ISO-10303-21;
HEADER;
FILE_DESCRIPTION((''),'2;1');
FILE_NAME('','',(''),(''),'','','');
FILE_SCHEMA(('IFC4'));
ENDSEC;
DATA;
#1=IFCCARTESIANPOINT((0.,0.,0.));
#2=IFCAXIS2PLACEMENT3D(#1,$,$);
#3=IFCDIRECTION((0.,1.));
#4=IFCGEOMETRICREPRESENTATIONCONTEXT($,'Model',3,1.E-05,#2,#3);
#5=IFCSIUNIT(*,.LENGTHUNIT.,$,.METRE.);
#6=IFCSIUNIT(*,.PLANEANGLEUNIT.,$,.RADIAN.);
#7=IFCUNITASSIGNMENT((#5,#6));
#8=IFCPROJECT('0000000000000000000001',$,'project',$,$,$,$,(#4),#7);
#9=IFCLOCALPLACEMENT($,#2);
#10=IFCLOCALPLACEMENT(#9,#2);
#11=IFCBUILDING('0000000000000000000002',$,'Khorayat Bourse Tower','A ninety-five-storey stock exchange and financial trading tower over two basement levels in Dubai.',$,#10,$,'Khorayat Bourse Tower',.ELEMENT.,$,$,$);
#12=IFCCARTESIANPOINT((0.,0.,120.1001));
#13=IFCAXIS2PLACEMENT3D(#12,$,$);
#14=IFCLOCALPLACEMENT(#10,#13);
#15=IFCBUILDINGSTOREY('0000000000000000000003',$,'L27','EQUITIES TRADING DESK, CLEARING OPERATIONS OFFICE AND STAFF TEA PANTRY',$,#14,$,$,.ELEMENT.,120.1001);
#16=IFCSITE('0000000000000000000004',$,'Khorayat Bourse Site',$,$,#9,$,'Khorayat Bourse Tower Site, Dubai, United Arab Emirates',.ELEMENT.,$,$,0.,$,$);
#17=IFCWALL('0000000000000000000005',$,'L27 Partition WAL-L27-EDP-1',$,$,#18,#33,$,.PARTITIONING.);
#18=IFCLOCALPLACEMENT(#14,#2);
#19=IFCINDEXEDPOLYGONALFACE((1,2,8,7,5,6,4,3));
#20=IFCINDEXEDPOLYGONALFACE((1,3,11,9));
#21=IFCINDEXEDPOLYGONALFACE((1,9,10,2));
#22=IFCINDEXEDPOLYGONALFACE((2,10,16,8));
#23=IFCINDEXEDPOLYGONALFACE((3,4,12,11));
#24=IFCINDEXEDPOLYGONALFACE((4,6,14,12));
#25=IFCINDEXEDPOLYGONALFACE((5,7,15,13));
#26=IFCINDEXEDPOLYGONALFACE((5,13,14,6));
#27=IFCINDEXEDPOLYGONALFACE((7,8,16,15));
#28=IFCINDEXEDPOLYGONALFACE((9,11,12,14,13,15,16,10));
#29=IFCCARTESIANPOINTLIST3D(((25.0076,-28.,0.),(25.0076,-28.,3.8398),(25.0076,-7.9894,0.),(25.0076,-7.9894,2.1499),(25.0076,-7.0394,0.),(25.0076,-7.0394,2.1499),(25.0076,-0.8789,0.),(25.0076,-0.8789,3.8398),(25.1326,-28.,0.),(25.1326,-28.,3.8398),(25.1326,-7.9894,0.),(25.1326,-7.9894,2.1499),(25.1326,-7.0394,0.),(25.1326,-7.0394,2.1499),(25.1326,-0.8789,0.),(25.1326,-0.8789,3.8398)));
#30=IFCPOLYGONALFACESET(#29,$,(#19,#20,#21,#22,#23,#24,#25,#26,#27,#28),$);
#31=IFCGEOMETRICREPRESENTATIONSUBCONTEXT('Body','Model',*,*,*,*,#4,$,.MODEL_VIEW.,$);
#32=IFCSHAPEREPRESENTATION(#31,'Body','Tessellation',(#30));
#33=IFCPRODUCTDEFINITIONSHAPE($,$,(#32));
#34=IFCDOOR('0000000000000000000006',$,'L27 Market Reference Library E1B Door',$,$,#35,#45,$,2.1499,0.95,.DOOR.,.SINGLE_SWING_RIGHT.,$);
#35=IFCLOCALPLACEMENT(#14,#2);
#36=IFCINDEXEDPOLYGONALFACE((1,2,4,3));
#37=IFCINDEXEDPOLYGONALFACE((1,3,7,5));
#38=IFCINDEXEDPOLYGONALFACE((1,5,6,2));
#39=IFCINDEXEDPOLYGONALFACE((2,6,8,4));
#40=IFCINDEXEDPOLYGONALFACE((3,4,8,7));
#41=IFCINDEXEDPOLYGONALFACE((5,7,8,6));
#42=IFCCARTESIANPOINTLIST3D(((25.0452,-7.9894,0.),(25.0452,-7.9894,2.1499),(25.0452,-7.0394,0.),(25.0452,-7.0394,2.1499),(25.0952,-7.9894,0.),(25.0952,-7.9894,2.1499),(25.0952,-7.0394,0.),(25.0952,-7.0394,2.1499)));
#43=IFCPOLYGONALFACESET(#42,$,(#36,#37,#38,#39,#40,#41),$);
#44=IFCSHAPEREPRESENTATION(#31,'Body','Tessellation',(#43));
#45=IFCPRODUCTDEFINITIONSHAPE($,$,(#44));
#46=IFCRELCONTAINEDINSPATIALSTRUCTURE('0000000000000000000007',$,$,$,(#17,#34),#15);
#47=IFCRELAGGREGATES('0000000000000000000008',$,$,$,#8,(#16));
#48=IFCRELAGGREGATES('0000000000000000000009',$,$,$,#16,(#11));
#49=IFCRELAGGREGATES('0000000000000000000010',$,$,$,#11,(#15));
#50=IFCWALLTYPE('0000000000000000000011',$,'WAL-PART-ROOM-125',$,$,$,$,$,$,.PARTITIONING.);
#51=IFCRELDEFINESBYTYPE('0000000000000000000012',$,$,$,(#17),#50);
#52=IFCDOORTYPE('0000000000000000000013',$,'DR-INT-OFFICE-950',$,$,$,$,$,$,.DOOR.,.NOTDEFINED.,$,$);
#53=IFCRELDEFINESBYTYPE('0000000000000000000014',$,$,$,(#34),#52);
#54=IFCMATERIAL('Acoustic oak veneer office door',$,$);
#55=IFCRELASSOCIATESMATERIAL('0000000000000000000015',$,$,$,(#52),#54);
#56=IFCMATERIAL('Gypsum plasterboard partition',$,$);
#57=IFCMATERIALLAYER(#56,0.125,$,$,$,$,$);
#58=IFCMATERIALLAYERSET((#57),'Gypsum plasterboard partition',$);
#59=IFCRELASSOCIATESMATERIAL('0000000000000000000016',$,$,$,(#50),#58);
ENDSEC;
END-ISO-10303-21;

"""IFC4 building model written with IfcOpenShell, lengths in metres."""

from ifc_helpers import new_model, si_unit, direction, frame, frame_2d, origin, place, context, subcontext, project, spatial, rectangle, extrude, source, transform, mapped, material, layer, layer_set, type_object, element, fill, save


model = new_model("IFC4")

# Units and contexts
model_context = context("Model", 3, precision=1e-05, world=origin(), true_north=direction((0.0, 1.0)))
body_context = subcontext(model_context, "Body", "Model", "MODEL_VIEW")
ifc_project = project(units=[si_unit("LENGTHUNIT", "METRE"), si_unit("PLANEANGLEUNIT", "RADIAN")], contexts=[model_context])

# Site, building, storey
site_placement = place(None, origin())
site = spatial("IfcSite", under=ifc_project, at=site_placement, Name="Khorayat Bourse Site", LongName="Khorayat Bourse Tower Site, Dubai, United Arab Emirates", CompositionType="ELEMENT", RefElevation=0.0)
building_placement = place(site_placement, origin())
building = spatial("IfcBuilding", under=site, at=building_placement, Name="Khorayat Bourse Tower", Description="A ninety-five-storey stock exchange and financial trading tower over two basement levels in Dubai.", LongName="Khorayat Bourse Tower", CompositionType="ELEMENT")
storey_placement = place(building_placement, frame((0.0, 0.0, 120.1001)))
storey = spatial("IfcBuildingStorey", under=building, at=storey_placement, Name="L27", Description="EQUITIES TRADING DESK, CLEARING OPERATIONS OFFICE AND STAFF TEA PANTRY", CompositionType="ELEMENT", Elevation=120.1001)

# Shared definitions
ifc_material_1 = material(Name="Acoustic oak veneer office door")
door_type = type_object("IfcDoorType", Name="DR-INT-OFFICE-950", OperationType="NOTDEFINED", PredefinedType="DOOR", material=ifc_material_1)
shared_shape_1 = source(origin(), body_context, "Body", "SweptSolid", [
    extrude(rectangle(XDim=0.95, YDim=2.1499, at=frame_2d((0.4751, 1.075))), frame((0.0, 0.0249, 0.0), z_axis=(0.0, -1.0, 0.0), x_axis=(1.0, 0.0, 0.0)), (0.0, 0.0, 1.0), 0.05),
])

# Wall, opening, door
ifc_material_2 = material(Name="Gypsum plasterboard partition")
ifc_layer_1 = layer(ifc_material_2, 0.125)
ifc_layer_set_1 = layer_set([ifc_layer_1], Name="Gypsum plasterboard partition")
wall_type_1 = type_object("IfcWallType", Name="WAL-PART-ROOM-125", PredefinedType="PARTITIONING", material=ifc_layer_set_1)
shared_shape_2 = source(origin(), body_context, "Body", "SweptSolid", [
    extrude(rectangle(XDim=27.1211, YDim=0.125, at=frame_2d((13.5605, 0.0))), origin(), (0.0, 0.0, 1.0), 3.8398),
])
wall_1_placement = place(storey_placement, frame((25.0701, -28.0, 0.0), z_axis=(0.0, 0.0, 1.0), x_axis=(0.0, 1.0, 0.0)))
wall_1 = element("IfcWall", 1, at=wall_1_placement, inside=storey, type_object=wall_type_1, Name="L27 Partition WAL-L27-EDP-1", PredefinedType="PARTITIONING", context=body_context, shape_type="MappedRepresentation", body=[
    mapped(shared_shape_2, transform((0.0, 0.0, 0.0), scale=1.0)),
])
shared_shape_3 = source(origin(), body_context, "Body", "SweptSolid", [
    extrude(rectangle(XDim=0.95, YDim=2.1499, at=frame_2d((0.4751, 1.075))), frame((0.0, 0.0725, 0.0), z_axis=(0.0, -1.0, 0.0), x_axis=(1.0, 0.0, 0.0)), (0.0, 0.0, 1.0), 0.145),
])
opening_1_placement = place(wall_1_placement, frame((20.0105, 0.0, 0.0)))
opening_1 = element("IfcOpeningElement", 2, at=opening_1_placement, cuts=wall_1, PredefinedType="OPENING", context=body_context, shape_type="MappedRepresentation", body=[
    mapped(shared_shape_3, transform((0.0, 0.0, 0.0), scale=1.0)),
])
door_1_placement = place(opening_1_placement, origin())
door_1 = element("IfcDoor", 3, at=door_1_placement, inside=storey, type_object=door_type, Name="L27 Market Reference Library E1B Door", OperationType="SINGLE_SWING_RIGHT", OverallHeight=2.1499, OverallWidth=0.95, PredefinedType="DOOR", context=body_context, shape_type="MappedRepresentation", body=[
    mapped(shared_shape_1, transform((0.0, 0.0, 0.0), scale=1.0)),
])
fill(opening_1, door_1)

save(model, "model.ifc")
